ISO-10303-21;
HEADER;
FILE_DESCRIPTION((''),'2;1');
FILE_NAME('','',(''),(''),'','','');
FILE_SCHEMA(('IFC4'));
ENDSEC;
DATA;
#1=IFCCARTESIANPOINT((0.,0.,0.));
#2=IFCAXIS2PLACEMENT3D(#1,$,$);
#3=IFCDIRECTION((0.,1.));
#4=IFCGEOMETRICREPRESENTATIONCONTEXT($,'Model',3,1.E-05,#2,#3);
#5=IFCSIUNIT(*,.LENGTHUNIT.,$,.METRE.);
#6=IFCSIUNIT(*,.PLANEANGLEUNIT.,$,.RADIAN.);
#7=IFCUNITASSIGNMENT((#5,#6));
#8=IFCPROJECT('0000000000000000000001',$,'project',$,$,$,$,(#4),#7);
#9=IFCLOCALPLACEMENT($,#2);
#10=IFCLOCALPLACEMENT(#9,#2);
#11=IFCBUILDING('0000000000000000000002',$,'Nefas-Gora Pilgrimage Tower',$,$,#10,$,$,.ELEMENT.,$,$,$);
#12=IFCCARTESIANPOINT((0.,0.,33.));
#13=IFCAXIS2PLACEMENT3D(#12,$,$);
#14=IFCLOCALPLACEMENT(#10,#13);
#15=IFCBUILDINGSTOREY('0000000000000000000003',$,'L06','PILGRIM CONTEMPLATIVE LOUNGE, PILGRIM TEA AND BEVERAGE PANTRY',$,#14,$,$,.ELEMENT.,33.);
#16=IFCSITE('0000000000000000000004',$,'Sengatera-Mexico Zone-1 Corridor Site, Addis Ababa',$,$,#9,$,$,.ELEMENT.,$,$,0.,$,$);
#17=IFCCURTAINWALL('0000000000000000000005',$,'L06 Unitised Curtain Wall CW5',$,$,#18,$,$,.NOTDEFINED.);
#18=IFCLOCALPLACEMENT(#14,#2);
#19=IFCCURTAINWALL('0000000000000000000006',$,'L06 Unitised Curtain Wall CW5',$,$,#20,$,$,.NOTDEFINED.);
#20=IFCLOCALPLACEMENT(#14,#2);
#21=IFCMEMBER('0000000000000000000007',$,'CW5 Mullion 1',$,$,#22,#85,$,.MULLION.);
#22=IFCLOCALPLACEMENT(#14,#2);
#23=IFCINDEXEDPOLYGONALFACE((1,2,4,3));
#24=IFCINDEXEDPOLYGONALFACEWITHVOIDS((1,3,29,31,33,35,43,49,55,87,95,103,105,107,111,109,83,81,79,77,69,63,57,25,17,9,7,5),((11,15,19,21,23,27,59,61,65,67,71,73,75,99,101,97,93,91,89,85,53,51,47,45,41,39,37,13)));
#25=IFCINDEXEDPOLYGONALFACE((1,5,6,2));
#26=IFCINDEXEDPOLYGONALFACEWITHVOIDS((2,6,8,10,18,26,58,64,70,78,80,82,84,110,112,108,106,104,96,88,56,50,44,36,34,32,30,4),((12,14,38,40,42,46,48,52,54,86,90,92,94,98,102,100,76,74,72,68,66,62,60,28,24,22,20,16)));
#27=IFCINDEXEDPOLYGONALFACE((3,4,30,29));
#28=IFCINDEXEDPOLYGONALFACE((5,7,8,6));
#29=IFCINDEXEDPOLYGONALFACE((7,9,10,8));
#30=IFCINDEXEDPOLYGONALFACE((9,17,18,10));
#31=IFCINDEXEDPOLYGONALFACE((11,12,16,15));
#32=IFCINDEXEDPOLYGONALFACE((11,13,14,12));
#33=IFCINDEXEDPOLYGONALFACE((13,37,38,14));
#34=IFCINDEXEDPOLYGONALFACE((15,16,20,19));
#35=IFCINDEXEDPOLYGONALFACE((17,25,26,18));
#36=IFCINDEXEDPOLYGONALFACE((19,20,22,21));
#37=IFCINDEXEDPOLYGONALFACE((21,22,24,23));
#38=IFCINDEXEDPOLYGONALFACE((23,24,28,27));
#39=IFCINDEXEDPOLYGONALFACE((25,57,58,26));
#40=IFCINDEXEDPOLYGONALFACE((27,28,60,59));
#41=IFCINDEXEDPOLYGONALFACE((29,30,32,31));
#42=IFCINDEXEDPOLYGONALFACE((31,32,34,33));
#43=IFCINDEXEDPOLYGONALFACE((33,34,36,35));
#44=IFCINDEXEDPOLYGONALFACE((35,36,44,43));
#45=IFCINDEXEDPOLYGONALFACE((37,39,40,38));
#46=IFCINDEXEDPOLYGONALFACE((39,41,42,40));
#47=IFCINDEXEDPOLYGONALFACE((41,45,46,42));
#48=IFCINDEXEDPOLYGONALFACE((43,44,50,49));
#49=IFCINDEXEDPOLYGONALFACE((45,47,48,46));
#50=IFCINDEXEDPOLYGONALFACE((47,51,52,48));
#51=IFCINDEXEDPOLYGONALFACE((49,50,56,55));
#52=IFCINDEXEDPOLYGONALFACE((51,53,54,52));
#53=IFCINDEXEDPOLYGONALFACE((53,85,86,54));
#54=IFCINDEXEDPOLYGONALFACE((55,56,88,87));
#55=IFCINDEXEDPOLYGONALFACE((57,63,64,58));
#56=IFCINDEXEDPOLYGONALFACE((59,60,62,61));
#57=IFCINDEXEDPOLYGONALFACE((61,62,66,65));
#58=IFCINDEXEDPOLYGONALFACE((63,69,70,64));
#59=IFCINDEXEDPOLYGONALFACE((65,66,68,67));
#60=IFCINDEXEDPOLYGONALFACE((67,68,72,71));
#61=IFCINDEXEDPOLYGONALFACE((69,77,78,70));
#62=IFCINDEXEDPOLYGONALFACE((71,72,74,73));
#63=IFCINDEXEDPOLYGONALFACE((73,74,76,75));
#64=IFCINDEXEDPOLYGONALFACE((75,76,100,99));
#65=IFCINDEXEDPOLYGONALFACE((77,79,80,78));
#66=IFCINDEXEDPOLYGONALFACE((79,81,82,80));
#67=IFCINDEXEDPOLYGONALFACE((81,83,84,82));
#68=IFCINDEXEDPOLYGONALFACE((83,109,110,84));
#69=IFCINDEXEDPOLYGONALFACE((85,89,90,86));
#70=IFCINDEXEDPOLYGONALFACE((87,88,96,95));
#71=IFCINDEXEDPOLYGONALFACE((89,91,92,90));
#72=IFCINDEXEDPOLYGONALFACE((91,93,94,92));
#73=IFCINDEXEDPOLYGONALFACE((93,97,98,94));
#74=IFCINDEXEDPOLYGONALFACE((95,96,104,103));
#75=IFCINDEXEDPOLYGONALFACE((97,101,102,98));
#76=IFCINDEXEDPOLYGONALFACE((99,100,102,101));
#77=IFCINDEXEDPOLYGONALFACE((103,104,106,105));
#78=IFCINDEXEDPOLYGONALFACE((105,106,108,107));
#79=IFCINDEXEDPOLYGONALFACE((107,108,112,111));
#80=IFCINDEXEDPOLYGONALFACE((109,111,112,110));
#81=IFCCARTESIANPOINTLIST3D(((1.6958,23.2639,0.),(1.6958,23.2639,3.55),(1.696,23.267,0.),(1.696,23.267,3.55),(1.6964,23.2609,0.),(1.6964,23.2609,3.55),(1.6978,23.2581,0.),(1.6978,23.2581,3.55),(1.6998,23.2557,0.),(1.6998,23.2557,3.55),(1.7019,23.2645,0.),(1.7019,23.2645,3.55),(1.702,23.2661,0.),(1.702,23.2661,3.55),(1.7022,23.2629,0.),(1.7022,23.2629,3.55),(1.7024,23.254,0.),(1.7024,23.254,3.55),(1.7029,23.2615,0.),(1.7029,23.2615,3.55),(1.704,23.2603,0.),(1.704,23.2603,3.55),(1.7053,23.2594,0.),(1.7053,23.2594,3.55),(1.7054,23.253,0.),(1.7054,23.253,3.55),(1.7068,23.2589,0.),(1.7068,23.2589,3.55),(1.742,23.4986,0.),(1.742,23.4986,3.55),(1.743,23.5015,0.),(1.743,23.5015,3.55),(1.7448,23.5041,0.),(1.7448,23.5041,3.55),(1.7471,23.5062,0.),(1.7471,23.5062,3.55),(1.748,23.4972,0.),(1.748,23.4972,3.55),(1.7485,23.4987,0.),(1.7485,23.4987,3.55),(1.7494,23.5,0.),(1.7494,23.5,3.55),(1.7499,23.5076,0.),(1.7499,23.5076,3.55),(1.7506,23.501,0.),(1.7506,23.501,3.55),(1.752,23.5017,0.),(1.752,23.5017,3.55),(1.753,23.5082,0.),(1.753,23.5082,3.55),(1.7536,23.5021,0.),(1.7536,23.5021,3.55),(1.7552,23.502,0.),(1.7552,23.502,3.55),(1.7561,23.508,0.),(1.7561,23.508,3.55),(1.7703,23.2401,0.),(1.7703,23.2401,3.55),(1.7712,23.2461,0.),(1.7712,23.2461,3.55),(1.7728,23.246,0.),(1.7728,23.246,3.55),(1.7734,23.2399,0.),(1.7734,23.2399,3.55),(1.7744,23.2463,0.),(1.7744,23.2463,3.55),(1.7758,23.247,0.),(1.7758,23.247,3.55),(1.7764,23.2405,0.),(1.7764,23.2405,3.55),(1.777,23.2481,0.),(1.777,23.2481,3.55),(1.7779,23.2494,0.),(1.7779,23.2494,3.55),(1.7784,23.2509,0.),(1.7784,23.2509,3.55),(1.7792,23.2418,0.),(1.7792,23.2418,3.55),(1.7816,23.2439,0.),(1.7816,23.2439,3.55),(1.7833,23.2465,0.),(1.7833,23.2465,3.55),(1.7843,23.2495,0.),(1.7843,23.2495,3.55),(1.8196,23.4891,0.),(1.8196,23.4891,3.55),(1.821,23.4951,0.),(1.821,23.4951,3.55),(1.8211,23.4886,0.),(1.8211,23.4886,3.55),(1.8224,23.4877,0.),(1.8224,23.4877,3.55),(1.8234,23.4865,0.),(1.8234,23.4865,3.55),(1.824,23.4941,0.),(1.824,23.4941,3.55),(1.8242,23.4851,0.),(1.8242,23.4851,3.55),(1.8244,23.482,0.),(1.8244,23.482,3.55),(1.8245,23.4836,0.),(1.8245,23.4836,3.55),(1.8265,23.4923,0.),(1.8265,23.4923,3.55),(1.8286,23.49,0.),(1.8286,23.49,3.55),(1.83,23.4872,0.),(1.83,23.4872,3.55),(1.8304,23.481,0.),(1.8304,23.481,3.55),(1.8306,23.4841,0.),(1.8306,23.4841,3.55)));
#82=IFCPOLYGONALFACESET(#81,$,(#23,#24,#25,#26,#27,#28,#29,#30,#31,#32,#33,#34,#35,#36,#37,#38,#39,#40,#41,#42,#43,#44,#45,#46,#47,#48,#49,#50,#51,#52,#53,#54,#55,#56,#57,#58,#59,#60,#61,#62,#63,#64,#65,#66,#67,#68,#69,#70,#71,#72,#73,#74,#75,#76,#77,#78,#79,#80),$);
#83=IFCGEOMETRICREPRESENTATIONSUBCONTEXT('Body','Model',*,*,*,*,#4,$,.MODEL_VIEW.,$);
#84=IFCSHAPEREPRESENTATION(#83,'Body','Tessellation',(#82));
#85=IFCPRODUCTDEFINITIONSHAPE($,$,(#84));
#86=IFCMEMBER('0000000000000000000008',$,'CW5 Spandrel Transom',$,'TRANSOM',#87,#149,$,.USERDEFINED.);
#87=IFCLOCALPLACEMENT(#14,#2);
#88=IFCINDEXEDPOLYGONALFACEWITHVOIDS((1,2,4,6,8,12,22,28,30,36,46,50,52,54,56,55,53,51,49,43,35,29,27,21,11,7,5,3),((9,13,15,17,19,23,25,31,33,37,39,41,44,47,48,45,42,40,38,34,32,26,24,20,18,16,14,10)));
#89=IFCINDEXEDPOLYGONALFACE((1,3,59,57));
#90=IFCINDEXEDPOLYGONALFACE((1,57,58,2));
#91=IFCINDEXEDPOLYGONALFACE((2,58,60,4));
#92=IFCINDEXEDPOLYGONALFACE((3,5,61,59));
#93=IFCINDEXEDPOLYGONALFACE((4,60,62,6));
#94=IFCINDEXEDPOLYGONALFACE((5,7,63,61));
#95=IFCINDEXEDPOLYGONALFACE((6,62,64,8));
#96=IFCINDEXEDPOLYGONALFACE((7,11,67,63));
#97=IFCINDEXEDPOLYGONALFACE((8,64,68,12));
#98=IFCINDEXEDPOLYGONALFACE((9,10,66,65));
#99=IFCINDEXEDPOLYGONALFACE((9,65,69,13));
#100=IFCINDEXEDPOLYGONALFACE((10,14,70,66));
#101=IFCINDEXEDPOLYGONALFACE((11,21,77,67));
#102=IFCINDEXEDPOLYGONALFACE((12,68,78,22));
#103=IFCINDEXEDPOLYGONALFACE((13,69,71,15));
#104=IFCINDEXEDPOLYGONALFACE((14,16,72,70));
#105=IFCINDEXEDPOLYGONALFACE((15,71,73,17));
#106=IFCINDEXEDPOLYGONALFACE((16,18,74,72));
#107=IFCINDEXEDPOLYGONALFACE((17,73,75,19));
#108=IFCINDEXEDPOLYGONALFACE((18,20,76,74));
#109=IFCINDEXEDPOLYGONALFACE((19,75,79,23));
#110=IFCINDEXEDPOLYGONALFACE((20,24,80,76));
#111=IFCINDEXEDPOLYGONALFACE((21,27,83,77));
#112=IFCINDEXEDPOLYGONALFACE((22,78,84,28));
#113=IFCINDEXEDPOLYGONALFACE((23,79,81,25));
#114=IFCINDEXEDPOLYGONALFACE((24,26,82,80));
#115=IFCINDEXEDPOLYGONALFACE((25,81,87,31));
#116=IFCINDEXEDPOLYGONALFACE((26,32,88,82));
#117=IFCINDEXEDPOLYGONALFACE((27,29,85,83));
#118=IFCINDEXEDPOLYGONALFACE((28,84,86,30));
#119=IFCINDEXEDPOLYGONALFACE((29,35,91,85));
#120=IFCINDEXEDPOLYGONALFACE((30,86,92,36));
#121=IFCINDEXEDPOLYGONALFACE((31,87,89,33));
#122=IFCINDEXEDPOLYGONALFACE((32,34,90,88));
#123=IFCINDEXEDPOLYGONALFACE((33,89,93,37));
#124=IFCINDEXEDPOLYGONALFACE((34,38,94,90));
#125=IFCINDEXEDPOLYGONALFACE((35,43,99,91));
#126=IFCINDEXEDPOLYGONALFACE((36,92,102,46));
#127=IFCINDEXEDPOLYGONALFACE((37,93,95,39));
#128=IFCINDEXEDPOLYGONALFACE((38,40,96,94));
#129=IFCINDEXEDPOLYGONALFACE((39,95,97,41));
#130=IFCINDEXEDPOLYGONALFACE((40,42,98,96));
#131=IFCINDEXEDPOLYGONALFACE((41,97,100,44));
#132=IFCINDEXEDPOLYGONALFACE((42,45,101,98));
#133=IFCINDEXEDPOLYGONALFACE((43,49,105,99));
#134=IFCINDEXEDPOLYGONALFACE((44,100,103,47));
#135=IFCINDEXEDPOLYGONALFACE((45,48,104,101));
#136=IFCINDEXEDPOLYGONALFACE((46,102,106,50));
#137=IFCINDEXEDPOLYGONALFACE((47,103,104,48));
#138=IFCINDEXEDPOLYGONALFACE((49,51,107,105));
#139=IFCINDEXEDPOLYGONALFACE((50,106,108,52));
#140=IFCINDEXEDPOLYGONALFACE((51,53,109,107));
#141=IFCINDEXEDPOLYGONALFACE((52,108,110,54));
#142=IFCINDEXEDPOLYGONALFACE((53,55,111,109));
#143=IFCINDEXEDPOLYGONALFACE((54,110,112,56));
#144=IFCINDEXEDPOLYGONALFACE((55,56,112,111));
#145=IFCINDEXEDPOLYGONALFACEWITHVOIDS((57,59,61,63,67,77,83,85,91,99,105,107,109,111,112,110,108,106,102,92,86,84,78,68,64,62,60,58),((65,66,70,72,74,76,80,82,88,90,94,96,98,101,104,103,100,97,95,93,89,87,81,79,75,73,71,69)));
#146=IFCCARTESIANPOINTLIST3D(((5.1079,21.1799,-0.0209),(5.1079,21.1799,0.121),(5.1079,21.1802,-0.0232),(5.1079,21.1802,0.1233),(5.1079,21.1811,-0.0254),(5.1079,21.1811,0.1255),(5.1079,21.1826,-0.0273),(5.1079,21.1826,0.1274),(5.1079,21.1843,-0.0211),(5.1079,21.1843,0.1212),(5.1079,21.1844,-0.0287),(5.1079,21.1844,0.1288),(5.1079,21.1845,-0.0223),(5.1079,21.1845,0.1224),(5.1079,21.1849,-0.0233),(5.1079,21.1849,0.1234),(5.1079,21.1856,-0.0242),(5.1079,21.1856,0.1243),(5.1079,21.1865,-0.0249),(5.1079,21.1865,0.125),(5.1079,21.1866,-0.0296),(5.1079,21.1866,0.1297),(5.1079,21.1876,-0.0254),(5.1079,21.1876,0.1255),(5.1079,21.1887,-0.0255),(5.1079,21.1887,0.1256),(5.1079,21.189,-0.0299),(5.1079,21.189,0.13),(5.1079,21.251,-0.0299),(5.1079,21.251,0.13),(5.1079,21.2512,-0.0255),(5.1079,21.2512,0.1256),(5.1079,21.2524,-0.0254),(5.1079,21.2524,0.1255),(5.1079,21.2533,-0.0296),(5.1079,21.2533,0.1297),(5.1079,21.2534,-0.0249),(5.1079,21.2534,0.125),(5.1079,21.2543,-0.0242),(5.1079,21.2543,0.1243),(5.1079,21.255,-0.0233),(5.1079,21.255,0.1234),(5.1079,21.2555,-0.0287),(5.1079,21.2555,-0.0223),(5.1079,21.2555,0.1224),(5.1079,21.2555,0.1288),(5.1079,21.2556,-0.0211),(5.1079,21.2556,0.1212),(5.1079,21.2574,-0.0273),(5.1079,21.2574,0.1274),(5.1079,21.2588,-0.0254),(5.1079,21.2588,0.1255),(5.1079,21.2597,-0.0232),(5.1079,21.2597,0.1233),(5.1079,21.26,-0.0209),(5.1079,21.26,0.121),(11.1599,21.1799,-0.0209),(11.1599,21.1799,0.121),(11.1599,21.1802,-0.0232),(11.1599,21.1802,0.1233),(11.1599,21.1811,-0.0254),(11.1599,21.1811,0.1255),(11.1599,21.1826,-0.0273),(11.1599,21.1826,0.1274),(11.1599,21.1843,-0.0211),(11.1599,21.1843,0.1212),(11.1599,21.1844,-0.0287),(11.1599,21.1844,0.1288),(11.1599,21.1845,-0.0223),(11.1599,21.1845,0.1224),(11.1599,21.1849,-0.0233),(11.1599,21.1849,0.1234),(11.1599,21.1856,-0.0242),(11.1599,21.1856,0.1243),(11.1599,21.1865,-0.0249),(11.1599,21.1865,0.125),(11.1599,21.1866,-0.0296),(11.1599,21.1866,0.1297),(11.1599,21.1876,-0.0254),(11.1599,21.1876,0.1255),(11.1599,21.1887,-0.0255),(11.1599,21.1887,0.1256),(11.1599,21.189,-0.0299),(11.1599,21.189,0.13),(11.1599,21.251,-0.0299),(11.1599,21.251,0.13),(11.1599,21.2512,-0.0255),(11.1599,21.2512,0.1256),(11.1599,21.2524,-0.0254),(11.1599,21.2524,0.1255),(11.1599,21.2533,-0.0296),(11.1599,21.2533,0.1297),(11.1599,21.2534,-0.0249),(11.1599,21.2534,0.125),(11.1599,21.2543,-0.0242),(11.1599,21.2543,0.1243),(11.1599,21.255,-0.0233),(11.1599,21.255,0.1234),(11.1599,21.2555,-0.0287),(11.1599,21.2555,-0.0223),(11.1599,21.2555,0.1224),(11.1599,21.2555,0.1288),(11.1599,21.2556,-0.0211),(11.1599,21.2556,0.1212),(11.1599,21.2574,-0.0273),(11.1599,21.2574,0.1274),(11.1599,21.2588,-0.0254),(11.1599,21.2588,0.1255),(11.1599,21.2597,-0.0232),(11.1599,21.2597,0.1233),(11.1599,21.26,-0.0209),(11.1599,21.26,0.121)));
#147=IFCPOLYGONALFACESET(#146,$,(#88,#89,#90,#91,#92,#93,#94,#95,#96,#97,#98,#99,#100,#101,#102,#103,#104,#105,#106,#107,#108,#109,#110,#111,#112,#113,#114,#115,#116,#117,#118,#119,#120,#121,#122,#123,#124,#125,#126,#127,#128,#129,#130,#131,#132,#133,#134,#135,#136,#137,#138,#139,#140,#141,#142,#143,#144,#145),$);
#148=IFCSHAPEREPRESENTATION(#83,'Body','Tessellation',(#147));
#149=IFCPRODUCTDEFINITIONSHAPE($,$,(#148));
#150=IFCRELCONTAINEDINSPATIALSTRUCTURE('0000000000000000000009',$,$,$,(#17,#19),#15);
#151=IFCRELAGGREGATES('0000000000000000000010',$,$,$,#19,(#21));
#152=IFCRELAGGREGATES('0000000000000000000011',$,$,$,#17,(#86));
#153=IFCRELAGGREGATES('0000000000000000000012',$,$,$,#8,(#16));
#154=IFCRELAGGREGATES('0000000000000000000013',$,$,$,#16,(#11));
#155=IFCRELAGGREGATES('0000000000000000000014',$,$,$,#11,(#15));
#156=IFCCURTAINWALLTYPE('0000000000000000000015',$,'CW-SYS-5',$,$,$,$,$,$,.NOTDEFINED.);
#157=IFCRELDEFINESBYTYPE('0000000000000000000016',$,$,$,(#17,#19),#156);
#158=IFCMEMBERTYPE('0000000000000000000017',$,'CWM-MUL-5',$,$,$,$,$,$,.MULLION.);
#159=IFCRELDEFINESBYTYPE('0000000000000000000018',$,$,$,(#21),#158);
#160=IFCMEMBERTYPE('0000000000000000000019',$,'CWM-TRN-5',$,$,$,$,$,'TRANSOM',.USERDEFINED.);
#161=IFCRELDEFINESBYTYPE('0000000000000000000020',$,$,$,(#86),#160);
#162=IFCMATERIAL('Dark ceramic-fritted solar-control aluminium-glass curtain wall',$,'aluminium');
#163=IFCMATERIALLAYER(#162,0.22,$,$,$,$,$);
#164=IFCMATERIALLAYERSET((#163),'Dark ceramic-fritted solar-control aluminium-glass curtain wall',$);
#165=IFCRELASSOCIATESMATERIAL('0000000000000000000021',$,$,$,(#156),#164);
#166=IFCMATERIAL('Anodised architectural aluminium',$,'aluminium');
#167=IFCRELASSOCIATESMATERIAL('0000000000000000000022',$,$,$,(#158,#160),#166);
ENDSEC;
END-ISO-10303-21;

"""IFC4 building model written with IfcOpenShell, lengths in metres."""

from ifc_helpers import new_model, si_unit, direction, frame, origin, origin_2d, place, context, subcontext, project, spatial, hollow_rectangle, extrude, source, transform, mapped, material, layer, layer_set, material_profile, profile_set, type_object, element, aggregate, save


model = new_model("IFC4")

# Units and contexts
model_context = context("Model", 3, precision=1e-05, world=origin(), true_north=direction((0.0, 1.0)))
body_context = subcontext(model_context, "Body", "Model", "MODEL_VIEW")
ifc_project = project(units=[si_unit("LENGTHUNIT", "METRE"), si_unit("PLANEANGLEUNIT", "RADIAN")], contexts=[model_context])

# Site, building, storey
site_placement = place(None, origin())
site = spatial("IfcSite", under=ifc_project, at=site_placement, Name="Sengatera-Mexico Zone-1 Corridor Site, Addis Ababa", CompositionType="ELEMENT", RefElevation=0.0)
building_placement = place(site_placement, origin())
building = spatial("IfcBuilding", under=site, at=building_placement, Name="Nefas-Gora Pilgrimage Tower", CompositionType="ELEMENT")
storey_placement = place(building_placement, frame((0.0, 0.0, 33.0)))
storey = spatial("IfcBuildingStorey", under=building, at=storey_placement, Name="L06", Description="PILGRIM CONTEMPLATIVE LOUNGE, PILGRIM TEA AND BEVERAGE PANTRY", CompositionType="ELEMENT", Elevation=33.0)

# Curtain wall
ifc_material_1 = material(Name="Dark ceramic-fritted solar-control aluminium-glass curtain wall", Category="aluminium")
ifc_layer_1 = layer(ifc_material_1, 0.22)
ifc_layer_set_1 = layer_set([ifc_layer_1], Name="Dark ceramic-fritted solar-control aluminium-glass curtain wall")
curtain_wall_type_1 = type_object("IfcCurtainWallType", Name="CW-SYS-5", PredefinedType="NOTDEFINED", material=ifc_layer_set_1)
curtain_wall_1_placement = place(storey_placement, origin())
curtain_wall_1 = element("IfcCurtainWall", 1, at=curtain_wall_1_placement, inside=storey, type_object=curtain_wall_type_1, Name="L06 Unitised Curtain Wall CW5", PredefinedType="NOTDEFINED")
ifc_material_2 = material(Name="Anodised architectural aluminium", Category="aluminium")
ifc_material_profile_1 = material_profile(ifc_material_2, hollow_rectangle(XDim=0.0901, YDim=0.26, WallThickness=0.0061, InnerFilletRadius=0.0061, OuterFilletRadius=0.012, at=origin_2d()), Name="ALU MULLION 90x260")
ifc_profile_set_1 = profile_set([ifc_material_profile_1], Name="Anodised architectural aluminium")
member_type_1 = type_object("IfcMemberType", Name="CWM-MUL-5", PredefinedType="MULLION", material=ifc_profile_set_1)
shared_shape_1 = source(origin(), body_context, "Body", "SweptSolid", [
    extrude(hollow_rectangle(XDim=0.0901, YDim=0.26, WallThickness=0.0061, InnerFilletRadius=0.0061, OuterFilletRadius=0.012, at=origin_2d()), origin(), (0.0, 0.0, 1.0), 3.55),
])

# Curtain wall, member
curtain_wall_2_placement = place(storey_placement, origin())
curtain_wall_2 = element("IfcCurtainWall", 2, at=curtain_wall_2_placement, inside=storey, type_object=curtain_wall_type_1, Name="L06 Unitised Curtain Wall CW5", PredefinedType="NOTDEFINED")
member_1_placement = place(storey_placement, frame((1.7632, 23.374, 0.0), z_axis=(0.0, 0.0, 1.0), x_axis=(-0.980783, 0.195102, 0.0)))
member_1 = element("IfcMember", 3, at=member_1_placement, type_object=member_type_1, Name="CW5 Mullion 1", PredefinedType="MULLION", context=body_context, shape_type="MappedRepresentation", body=[
    mapped(shared_shape_1, transform((0.0, 0.0, 0.0), x_axis=(1.0, 0.0, 0.0), y_axis=(0.0, 1.0, 0.0), z_axis=(0.0, 0.0, 1.0), scale=1.0)),
])

# Member
ifc_material_profile_2 = material_profile(ifc_material_2, hollow_rectangle(XDim=0.0801, YDim=0.1599, WallThickness=0.0044, InnerFilletRadius=0.0044, OuterFilletRadius=0.009, at=origin_2d()), Name="ALU TRANSOM 80x160")
ifc_profile_set_2 = profile_set([ifc_material_profile_2], Name="Anodised architectural aluminium")
member_type_2 = type_object("IfcMemberType", Name="CWM-TRN-5", ElementType="TRANSOM", PredefinedType="USERDEFINED", material=ifc_profile_set_2)
shared_shape_2 = source(origin(), body_context, "Body", "SweptSolid", [
    extrude(hollow_rectangle(XDim=0.0801, YDim=0.1599, WallThickness=0.0044, InnerFilletRadius=0.0044, OuterFilletRadius=0.009, at=origin_2d()), origin(), (0.0, 0.0, 1.0), 6.052),
])
member_2_placement = place(storey_placement, frame((11.1599, 21.22, 0.05), z_axis=(-1.0, 0.0, 0.0), x_axis=(0.0, -1.0, 0.0)))
member_2 = element("IfcMember", 4, at=member_2_placement, type_object=member_type_2, Name="CW5 Spandrel Transom", ObjectType="TRANSOM", PredefinedType="USERDEFINED", context=body_context, shape_type="MappedRepresentation", body=[
    mapped(shared_shape_2, transform((0.0, 0.0, 0.0), x_axis=(1.0, 0.0, 0.0), y_axis=(0.0, 1.0, 0.0), z_axis=(0.0, 0.0, 1.0), scale=1.0)),
])

aggregate(curtain_wall_2, [member_1])

aggregate(curtain_wall_1, [member_2])

save(model, "model.ifc")
